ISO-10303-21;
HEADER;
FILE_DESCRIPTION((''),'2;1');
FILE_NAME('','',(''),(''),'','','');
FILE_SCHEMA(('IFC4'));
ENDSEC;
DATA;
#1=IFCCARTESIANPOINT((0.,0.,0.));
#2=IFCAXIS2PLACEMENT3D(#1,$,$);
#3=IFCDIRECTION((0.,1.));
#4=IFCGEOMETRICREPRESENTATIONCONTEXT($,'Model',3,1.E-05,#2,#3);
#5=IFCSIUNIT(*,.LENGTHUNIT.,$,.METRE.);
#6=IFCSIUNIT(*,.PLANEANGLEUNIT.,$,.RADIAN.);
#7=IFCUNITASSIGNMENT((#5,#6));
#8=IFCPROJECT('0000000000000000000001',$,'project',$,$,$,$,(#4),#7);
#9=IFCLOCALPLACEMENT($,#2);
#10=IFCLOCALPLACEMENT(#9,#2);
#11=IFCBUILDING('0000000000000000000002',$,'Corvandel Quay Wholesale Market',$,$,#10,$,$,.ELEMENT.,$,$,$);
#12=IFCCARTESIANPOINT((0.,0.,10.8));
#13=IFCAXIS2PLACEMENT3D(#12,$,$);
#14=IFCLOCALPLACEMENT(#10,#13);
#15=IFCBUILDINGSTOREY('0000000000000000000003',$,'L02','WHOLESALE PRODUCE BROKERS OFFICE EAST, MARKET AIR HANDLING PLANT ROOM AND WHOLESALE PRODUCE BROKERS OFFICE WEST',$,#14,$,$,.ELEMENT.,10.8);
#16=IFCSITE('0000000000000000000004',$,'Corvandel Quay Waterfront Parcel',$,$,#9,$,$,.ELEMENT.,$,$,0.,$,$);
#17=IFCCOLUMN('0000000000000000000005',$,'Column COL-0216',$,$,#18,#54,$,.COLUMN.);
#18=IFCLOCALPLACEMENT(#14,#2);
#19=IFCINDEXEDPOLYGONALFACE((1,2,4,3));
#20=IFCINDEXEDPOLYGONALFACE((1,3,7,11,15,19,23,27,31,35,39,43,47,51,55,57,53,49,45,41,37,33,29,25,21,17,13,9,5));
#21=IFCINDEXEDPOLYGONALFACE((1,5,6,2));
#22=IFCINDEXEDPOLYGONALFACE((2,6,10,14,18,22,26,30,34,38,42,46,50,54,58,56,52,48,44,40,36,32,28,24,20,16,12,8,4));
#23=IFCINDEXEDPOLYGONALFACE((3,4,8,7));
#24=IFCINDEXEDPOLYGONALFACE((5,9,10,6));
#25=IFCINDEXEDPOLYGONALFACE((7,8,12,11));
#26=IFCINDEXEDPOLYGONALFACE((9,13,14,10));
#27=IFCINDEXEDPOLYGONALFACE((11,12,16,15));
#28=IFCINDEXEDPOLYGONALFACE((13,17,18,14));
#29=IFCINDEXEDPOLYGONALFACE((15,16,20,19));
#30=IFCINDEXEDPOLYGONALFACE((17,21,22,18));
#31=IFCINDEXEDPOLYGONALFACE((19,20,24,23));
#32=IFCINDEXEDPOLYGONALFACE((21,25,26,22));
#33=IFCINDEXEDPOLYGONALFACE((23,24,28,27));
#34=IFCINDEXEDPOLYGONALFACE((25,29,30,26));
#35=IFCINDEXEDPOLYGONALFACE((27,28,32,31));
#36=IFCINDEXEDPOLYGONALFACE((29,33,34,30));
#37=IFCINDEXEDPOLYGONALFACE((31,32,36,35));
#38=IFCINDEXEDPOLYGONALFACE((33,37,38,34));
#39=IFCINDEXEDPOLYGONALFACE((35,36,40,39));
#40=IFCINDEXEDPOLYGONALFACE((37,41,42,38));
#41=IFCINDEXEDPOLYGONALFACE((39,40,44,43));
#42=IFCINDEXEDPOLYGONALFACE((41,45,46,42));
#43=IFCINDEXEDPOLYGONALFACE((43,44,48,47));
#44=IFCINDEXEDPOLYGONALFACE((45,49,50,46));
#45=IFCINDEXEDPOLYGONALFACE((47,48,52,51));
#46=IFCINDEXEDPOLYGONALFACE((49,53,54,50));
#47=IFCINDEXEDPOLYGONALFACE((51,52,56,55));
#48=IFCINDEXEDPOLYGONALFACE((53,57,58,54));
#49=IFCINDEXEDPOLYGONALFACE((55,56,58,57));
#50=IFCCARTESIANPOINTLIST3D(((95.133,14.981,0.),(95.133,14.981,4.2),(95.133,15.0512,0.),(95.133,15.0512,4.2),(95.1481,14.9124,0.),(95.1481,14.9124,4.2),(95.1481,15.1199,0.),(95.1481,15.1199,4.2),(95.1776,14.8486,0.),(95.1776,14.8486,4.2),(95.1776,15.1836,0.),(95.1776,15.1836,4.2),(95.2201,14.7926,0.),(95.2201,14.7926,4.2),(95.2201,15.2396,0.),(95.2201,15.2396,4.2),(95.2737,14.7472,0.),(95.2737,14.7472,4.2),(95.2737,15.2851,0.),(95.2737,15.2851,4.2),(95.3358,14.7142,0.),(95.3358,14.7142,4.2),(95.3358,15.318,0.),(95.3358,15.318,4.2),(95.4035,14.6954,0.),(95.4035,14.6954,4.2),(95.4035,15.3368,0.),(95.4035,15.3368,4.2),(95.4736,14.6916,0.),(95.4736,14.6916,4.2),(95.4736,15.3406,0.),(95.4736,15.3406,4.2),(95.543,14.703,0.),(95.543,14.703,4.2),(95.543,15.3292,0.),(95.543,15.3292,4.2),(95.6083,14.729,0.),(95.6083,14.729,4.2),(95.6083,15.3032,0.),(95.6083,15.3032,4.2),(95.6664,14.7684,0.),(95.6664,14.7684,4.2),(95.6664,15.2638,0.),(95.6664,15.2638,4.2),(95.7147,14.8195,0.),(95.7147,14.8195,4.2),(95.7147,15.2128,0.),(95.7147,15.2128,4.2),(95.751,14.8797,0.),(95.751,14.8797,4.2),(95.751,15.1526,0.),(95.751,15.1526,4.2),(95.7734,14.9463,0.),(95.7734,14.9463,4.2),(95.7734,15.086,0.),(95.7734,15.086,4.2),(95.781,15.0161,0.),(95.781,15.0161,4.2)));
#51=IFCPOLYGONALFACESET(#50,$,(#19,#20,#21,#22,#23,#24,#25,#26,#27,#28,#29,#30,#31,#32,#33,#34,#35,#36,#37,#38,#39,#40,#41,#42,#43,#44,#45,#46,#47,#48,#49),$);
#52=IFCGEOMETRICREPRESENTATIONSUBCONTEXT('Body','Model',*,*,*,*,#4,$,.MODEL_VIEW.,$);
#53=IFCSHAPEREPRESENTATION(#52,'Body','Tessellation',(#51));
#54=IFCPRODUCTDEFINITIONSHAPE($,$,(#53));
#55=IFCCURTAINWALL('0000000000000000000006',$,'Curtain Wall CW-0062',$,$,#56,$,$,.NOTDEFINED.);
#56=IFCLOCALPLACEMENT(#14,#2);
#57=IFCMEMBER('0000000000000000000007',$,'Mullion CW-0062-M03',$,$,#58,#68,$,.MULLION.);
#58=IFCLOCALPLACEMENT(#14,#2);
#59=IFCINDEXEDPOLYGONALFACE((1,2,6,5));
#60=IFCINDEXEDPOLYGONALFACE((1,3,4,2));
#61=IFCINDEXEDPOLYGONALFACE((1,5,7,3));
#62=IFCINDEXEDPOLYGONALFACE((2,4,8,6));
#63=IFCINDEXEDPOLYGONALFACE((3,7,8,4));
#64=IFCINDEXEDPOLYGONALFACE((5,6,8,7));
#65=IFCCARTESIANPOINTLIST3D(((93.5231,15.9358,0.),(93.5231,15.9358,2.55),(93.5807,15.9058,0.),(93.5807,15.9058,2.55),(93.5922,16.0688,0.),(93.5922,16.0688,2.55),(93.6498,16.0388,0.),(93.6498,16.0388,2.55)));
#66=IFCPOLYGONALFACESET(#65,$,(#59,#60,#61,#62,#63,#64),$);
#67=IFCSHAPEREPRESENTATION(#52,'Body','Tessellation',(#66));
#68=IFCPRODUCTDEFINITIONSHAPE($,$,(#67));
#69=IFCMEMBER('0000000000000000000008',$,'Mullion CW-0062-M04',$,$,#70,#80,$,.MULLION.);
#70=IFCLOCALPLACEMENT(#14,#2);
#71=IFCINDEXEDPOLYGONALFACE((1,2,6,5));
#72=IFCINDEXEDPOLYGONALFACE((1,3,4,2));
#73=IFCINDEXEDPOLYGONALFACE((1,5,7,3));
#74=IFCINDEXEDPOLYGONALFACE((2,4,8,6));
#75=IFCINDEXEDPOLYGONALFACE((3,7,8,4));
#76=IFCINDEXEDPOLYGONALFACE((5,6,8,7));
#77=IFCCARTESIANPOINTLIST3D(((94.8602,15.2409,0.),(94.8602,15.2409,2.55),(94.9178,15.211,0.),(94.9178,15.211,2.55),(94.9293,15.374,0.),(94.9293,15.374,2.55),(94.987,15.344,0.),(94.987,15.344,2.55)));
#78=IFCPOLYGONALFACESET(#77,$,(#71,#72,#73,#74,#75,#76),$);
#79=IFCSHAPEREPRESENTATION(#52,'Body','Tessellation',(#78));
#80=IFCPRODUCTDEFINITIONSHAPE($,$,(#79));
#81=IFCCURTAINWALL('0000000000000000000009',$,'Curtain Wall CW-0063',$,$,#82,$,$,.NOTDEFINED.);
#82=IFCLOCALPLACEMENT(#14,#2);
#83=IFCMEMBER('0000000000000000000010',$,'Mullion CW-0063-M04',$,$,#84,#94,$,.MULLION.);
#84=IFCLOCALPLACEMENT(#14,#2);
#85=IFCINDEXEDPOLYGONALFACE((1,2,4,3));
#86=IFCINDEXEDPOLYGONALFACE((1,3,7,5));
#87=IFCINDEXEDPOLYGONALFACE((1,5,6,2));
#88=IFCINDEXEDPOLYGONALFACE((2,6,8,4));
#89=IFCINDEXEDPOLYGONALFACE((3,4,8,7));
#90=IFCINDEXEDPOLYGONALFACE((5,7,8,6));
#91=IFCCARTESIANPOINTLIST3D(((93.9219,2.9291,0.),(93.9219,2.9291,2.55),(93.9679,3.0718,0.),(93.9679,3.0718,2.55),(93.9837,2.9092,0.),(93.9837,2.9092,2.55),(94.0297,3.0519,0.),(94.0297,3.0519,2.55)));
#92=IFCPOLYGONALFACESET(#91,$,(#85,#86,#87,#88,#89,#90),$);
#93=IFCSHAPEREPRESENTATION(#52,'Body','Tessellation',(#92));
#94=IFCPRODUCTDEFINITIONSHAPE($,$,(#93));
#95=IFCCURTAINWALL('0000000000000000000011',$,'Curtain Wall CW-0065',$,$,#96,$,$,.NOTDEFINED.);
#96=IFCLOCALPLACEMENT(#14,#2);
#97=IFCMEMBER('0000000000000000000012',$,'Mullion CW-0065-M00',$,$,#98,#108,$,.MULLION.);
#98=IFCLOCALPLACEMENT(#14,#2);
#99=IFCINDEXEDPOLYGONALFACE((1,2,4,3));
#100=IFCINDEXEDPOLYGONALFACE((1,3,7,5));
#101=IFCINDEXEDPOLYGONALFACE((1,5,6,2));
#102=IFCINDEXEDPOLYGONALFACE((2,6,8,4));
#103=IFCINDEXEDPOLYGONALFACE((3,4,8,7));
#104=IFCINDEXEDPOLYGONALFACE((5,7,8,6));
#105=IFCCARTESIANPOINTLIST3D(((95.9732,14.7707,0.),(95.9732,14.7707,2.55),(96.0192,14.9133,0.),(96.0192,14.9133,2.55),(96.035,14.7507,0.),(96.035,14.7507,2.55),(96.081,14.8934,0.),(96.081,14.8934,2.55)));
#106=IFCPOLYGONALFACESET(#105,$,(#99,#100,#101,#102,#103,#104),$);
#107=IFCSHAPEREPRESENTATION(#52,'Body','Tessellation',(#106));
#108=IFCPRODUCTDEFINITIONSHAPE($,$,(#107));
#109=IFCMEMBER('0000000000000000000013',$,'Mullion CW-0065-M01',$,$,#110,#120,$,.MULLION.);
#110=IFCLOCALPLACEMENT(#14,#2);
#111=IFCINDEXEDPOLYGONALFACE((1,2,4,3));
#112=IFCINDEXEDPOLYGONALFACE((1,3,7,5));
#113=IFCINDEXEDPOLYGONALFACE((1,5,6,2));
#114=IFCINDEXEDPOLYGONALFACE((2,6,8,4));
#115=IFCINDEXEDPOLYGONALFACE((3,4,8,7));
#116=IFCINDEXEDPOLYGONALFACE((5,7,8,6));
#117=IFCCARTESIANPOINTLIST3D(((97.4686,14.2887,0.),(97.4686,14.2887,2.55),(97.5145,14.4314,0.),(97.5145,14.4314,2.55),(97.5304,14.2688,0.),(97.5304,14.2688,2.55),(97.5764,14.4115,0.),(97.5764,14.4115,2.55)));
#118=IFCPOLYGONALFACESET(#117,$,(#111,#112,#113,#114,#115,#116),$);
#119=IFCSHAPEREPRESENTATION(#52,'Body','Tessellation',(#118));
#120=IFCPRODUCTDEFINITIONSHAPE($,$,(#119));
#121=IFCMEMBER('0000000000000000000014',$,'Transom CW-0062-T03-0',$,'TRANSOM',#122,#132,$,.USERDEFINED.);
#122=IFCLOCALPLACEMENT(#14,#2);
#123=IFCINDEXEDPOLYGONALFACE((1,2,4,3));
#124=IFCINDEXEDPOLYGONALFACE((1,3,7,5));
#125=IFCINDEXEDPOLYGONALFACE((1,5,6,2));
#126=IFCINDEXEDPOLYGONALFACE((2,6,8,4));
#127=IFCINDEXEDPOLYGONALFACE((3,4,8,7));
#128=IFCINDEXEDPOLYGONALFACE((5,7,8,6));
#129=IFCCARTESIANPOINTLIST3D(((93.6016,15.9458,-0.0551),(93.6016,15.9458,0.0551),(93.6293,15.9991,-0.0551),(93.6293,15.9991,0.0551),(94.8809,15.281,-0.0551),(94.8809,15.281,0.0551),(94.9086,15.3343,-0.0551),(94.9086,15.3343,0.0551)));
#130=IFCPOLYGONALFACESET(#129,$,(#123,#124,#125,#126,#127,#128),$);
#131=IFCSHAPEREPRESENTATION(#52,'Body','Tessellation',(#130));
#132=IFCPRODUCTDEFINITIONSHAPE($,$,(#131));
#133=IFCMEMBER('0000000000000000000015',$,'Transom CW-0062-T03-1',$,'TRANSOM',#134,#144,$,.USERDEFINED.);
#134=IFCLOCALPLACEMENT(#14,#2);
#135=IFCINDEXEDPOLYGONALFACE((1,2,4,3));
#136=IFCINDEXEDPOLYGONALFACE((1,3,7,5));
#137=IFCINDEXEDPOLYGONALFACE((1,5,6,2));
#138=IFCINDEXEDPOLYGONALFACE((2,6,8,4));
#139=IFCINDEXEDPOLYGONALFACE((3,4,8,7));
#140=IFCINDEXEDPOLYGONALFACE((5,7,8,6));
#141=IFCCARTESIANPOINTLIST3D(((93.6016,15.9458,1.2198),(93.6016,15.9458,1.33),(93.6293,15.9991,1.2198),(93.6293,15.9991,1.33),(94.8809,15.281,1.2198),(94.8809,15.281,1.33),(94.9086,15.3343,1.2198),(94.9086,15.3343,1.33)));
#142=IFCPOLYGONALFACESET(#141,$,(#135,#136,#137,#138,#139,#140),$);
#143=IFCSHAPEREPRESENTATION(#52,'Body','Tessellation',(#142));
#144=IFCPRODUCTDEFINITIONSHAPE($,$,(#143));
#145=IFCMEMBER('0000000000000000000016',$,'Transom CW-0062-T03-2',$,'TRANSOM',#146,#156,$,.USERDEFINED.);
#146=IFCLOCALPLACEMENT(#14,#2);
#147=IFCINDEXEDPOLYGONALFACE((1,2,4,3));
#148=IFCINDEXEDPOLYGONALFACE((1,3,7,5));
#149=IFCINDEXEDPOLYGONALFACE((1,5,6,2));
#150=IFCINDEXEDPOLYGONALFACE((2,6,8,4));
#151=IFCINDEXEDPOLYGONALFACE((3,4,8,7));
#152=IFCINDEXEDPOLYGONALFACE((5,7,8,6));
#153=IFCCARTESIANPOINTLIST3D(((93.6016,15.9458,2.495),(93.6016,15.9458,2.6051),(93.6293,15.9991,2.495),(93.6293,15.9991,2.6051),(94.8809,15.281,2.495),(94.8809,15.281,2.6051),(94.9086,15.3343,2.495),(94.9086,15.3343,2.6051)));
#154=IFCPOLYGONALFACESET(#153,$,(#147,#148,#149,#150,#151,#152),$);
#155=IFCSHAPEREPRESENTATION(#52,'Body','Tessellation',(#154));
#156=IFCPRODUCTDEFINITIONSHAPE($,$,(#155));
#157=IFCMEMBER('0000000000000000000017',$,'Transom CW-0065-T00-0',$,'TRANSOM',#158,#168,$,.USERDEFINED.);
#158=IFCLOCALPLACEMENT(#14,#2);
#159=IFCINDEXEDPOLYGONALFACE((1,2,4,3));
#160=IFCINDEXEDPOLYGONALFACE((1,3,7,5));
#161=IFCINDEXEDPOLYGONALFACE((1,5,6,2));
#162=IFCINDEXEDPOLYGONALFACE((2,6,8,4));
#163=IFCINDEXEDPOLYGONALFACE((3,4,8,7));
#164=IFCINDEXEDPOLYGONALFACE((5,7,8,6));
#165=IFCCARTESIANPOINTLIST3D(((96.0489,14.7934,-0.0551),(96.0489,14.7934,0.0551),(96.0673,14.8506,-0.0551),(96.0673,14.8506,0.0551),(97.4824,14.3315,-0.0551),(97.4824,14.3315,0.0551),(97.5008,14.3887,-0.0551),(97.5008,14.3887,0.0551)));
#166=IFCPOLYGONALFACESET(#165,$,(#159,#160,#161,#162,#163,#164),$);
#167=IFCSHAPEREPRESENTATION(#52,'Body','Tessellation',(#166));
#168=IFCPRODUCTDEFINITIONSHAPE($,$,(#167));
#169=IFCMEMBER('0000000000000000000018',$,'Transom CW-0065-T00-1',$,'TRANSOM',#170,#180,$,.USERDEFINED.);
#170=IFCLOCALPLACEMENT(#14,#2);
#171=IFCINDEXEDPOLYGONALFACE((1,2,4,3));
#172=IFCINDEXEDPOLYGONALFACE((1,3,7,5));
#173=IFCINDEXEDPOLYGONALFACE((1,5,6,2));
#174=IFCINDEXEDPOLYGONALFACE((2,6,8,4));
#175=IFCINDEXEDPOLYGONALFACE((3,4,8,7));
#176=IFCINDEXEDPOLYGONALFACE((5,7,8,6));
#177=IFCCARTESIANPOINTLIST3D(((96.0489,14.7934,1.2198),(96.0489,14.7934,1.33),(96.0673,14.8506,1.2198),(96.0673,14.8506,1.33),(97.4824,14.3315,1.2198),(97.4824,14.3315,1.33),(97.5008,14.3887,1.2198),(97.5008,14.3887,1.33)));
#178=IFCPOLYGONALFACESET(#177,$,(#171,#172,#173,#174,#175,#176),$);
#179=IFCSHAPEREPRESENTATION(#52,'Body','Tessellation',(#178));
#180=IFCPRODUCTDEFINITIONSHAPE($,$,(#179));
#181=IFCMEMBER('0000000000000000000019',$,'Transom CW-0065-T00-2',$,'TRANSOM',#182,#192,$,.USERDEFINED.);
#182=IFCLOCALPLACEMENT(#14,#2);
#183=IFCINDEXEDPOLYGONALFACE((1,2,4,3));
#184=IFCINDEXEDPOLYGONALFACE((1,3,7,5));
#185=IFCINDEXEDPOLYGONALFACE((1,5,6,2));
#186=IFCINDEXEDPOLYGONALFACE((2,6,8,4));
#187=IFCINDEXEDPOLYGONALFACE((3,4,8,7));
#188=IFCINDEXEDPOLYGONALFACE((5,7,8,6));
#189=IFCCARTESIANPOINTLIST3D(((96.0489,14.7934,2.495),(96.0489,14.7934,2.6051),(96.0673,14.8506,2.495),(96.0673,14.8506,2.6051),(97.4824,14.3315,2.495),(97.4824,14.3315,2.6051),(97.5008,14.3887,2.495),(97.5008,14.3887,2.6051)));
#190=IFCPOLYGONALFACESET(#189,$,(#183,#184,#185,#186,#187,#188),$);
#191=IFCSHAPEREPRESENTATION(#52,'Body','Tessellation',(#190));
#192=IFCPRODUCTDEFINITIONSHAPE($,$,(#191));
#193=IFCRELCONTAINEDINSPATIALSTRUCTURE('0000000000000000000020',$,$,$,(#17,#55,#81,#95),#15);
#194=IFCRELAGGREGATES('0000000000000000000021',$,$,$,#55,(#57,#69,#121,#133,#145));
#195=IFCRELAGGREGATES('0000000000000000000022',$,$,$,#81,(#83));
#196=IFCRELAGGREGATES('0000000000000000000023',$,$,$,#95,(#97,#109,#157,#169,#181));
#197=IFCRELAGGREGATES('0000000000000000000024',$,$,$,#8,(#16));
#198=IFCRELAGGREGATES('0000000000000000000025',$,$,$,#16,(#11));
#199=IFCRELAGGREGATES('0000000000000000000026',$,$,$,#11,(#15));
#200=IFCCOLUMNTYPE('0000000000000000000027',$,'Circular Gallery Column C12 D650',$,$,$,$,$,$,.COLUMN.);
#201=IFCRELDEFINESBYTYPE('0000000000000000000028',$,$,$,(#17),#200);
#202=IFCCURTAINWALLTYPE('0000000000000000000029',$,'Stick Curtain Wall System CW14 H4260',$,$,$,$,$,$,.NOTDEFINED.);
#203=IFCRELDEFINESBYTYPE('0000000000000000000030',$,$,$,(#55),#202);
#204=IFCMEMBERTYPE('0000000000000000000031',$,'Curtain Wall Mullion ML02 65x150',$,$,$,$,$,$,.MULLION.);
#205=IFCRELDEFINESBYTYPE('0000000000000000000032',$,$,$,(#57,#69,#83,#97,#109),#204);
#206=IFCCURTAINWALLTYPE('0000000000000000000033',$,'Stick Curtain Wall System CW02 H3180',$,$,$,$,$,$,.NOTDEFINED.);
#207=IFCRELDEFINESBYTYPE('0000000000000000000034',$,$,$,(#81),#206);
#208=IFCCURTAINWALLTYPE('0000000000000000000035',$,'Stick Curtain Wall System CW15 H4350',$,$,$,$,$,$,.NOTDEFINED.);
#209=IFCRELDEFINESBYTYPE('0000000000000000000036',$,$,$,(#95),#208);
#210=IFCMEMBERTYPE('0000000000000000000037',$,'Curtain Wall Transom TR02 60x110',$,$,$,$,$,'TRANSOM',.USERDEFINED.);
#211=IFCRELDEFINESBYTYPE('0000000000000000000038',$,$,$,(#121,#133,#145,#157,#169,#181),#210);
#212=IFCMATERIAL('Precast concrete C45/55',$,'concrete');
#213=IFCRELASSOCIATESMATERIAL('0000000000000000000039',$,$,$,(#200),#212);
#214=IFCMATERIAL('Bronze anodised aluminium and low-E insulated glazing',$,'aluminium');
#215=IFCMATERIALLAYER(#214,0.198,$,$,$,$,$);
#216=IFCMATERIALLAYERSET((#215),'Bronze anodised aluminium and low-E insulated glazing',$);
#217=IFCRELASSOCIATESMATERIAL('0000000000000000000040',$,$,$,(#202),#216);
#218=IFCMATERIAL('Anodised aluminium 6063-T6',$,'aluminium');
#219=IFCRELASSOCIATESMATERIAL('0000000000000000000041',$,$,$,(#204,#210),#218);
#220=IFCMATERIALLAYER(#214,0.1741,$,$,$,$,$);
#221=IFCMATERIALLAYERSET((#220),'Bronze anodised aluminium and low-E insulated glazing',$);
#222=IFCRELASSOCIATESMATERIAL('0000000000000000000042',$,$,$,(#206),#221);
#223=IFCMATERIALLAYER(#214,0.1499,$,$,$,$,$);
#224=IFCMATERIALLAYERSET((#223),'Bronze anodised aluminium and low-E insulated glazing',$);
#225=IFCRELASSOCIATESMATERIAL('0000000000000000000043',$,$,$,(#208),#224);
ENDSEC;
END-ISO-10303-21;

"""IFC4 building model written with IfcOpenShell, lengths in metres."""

from ifc_helpers import new_model, si_unit, direction, frame, origin, origin_2d, place, context, subcontext, project, spatial, rectangle, circle, extrude, material, layer, layer_set, material_profile, profile_set, type_object, element, aggregate, save


model = new_model("IFC4")

# Units and contexts
model_context = context("Model", 3, precision=1e-05, world=origin(), true_north=direction((0.0, 1.0)))
body_context = subcontext(model_context, "Body", "Model", "MODEL_VIEW")
ifc_project = project(units=[si_unit("LENGTHUNIT", "METRE"), si_unit("PLANEANGLEUNIT", "RADIAN")], contexts=[model_context])

# Site, building, storey
site_placement = place(None, origin())
site = spatial("IfcSite", under=ifc_project, at=site_placement, Name="Corvandel Quay Waterfront Parcel", CompositionType="ELEMENT", RefElevation=0.0)
building_placement = place(site_placement, origin())
building = spatial("IfcBuilding", under=site, at=building_placement, Name="Corvandel Quay Wholesale Market", CompositionType="ELEMENT")
storey_placement = place(building_placement, frame((0.0, 0.0, 10.8)))
storey = spatial("IfcBuildingStorey", under=building, at=storey_placement, Name="L02", Description="WHOLESALE PRODUCE BROKERS OFFICE EAST, MARKET AIR HANDLING PLANT ROOM AND WHOLESALE PRODUCE BROKERS OFFICE WEST", CompositionType="ELEMENT", Elevation=10.8)

# Column
ifc_material_1 = material(Name="Precast concrete C45/55", Category="concrete")
ifc_material_profile_1 = material_profile(ifc_material_1, circle(Radius=0.325, at=origin_2d()), Name="PC-COL-D650")
ifc_profile_set_1 = profile_set([ifc_material_profile_1], Name="Precast concrete C45/55")
column_type = type_object("IfcColumnType", Name="Circular Gallery Column C12 D650", PredefinedType="COLUMN", material=ifc_profile_set_1)
column_placement = place(storey_placement, frame((95.4561, 15.0161, 0.0), z_axis=(0.0, 0.0, 1.0), x_axis=(1.0, 0.0, 0.0)))
element("IfcColumn", 1, at=column_placement, inside=storey, type_object=column_type, Name="Column COL-0216", PredefinedType="COLUMN", context=body_context, shape_type="SweptSolid", body=[
    extrude(circle(Radius=0.325, at=origin_2d()), origin(), (0.0, 0.0, 1.0), 4.2),
])

# Curtain wall, members
ifc_material_2 = material(Name="Bronze anodised aluminium and low-E insulated glazing", Category="aluminium")
ifc_layer_1 = layer(ifc_material_2, 0.198)
ifc_layer_set_1 = layer_set([ifc_layer_1], Name="Bronze anodised aluminium and low-E insulated glazing")
curtain_wall_type_1 = type_object("IfcCurtainWallType", Name="Stick Curtain Wall System CW14 H4260", PredefinedType="NOTDEFINED", material=ifc_layer_set_1)
curtain_wall_1_placement = place(storey_placement, origin())
curtain_wall_1 = element("IfcCurtainWall", 2, at=curtain_wall_1_placement, inside=storey, type_object=curtain_wall_type_1, Name="Curtain Wall CW-0062", PredefinedType="NOTDEFINED")
ifc_material_3 = material(Name="Anodised aluminium 6063-T6", Category="aluminium")
ifc_material_profile_2 = material_profile(ifc_material_3, rectangle(XDim=0.0649, YDim=0.1499, at=origin_2d()), Name="ALU-MUL-65x150")
ifc_profile_set_2 = profile_set([ifc_material_profile_2], Name="Anodised aluminium 6063-T6")
member_type_1 = type_object("IfcMemberType", Name="Curtain Wall Mullion ML02 65x150", PredefinedType="MULLION", material=ifc_profile_set_2)
member_1_placement = place(storey_placement, frame((93.5864, 15.9873, 0.0), z_axis=(0.0, 0.0, 1.0), x_axis=(-0.887333, 0.461129, 0.0)))
member_1 = element("IfcMember", 3, at=member_1_placement, type_object=member_type_1, Name="Mullion CW-0062-M03", PredefinedType="MULLION", context=body_context, shape_type="SweptSolid", body=[
    extrude(rectangle(XDim=0.0649, YDim=0.1499, at=origin_2d()), origin(), (0.0, 0.0, 1.0), 2.55),
])
member_2_placement = place(storey_placement, frame((94.9236, 15.2925, 0.0), z_axis=(0.0, 0.0, 1.0), x_axis=(-0.887333, 0.461129, 0.0)))
member_2 = element("IfcMember", 4, at=member_2_placement, type_object=member_type_1, Name="Mullion CW-0062-M04", PredefinedType="MULLION", context=body_context, shape_type="SweptSolid", body=[
    extrude(rectangle(XDim=0.0649, YDim=0.1499, at=origin_2d()), origin(), (0.0, 0.0, 1.0), 2.55),
])

# Curtain wall, member
ifc_layer_2 = layer(ifc_material_2, 0.1741)
ifc_layer_set_2 = layer_set([ifc_layer_2], Name="Bronze anodised aluminium and low-E insulated glazing")
curtain_wall_type_2 = type_object("IfcCurtainWallType", Name="Stick Curtain Wall System CW02 H3180", PredefinedType="NOTDEFINED", material=ifc_layer_set_2)
curtain_wall_2_placement = place(storey_placement, origin())
curtain_wall_2 = element("IfcCurtainWall", 5, at=curtain_wall_2_placement, inside=storey, type_object=curtain_wall_type_2, Name="Curtain Wall CW-0063", PredefinedType="NOTDEFINED")
member_3_placement = place(storey_placement, frame((93.9758, 2.9905, 0.0), z_axis=(0.0, 0.0, 1.0), x_axis=(-0.951809, 0.306692, 0.0)))
member_3 = element("IfcMember", 6, at=member_3_placement, type_object=member_type_1, Name="Mullion CW-0063-M04", PredefinedType="MULLION", context=body_context, shape_type="SweptSolid", body=[
    extrude(rectangle(XDim=0.0649, YDim=0.1499, at=origin_2d()), origin(), (0.0, 0.0, 1.0), 2.55),
])

# Curtain wall, members
ifc_layer_3 = layer(ifc_material_2, 0.1499)
ifc_layer_set_3 = layer_set([ifc_layer_3], Name="Bronze anodised aluminium and low-E insulated glazing")
curtain_wall_type_3 = type_object("IfcCurtainWallType", Name="Stick Curtain Wall System CW15 H4350", PredefinedType="NOTDEFINED", material=ifc_layer_set_3)
curtain_wall_3_placement = place(storey_placement, origin())
curtain_wall_3 = element("IfcCurtainWall", 7, at=curtain_wall_3_placement, inside=storey, type_object=curtain_wall_type_3, Name="Curtain Wall CW-0065", PredefinedType="NOTDEFINED")
member_4_placement = place(storey_placement, frame((96.0271, 14.832, 0.0), z_axis=(0.0, 0.0, 1.0), x_axis=(-0.951809, 0.306692, 0.0)))
member_4 = element("IfcMember", 8, at=member_4_placement, type_object=member_type_1, Name="Mullion CW-0065-M00", PredefinedType="MULLION", context=body_context, shape_type="SweptSolid", body=[
    extrude(rectangle(XDim=0.0649, YDim=0.1499, at=origin_2d()), origin(), (0.0, 0.0, 1.0), 2.55),
])
member_5_placement = place(storey_placement, frame((97.5225, 14.3501, 0.0), z_axis=(0.0, 0.0, 1.0), x_axis=(-0.951809, 0.306692, 0.0)))
member_5 = element("IfcMember", 9, at=member_5_placement, type_object=member_type_1, Name="Mullion CW-0065-M01", PredefinedType="MULLION", context=body_context, shape_type="SweptSolid", body=[
    extrude(rectangle(XDim=0.0649, YDim=0.1499, at=origin_2d()), origin(), (0.0, 0.0, 1.0), 2.55),
])

# Members
ifc_material_profile_3 = material_profile(ifc_material_3, rectangle(XDim=0.0601, YDim=0.1101, at=origin_2d()), Name="ALU-TRN-60x110")
ifc_profile_set_3 = profile_set([ifc_material_profile_3], Name="Anodised aluminium 6063-T6")
member_type_2 = type_object("IfcMemberType", Name="Curtain Wall Transom TR02 60x110", ElementType="TRANSOM", PredefinedType="USERDEFINED", material=ifc_profile_set_3)
member_6_placement = place(storey_placement, frame((93.6155, 15.9724, 0.0), z_axis=(0.887342, -0.461113, 0.0), x_axis=(0.461113, 0.887342, 0.0)))
member_6 = element("IfcMember", 10, at=member_6_placement, type_object=member_type_2, Name="Transom CW-0062-T03-0", ObjectType="TRANSOM", PredefinedType="USERDEFINED", context=body_context, shape_type="SweptSolid", body=[
    extrude(rectangle(XDim=0.0601, YDim=0.1101, at=origin_2d()), origin(), (0.0, 0.0, 1.0), 1.4417),
])
member_7_placement = place(storey_placement, frame((93.6155, 15.9724, 1.2749), z_axis=(0.887342, -0.461113, 0.0), x_axis=(0.461113, 0.887342, 0.0)))
member_7 = element("IfcMember", 11, at=member_7_placement, type_object=member_type_2, Name="Transom CW-0062-T03-1", ObjectType="TRANSOM", PredefinedType="USERDEFINED", context=body_context, shape_type="SweptSolid", body=[
    extrude(rectangle(XDim=0.0601, YDim=0.1101, at=origin_2d()), origin(), (0.0, 0.0, 1.0), 1.4417),
])
member_8_placement = place(storey_placement, frame((93.6155, 15.9724, 2.55), z_axis=(0.887342, -0.461113, 0.0), x_axis=(0.461113, 0.887342, 0.0)))
member_8 = element("IfcMember", 12, at=member_8_placement, type_object=member_type_2, Name="Transom CW-0062-T03-2", ObjectType="TRANSOM", PredefinedType="USERDEFINED", context=body_context, shape_type="SweptSolid", body=[
    extrude(rectangle(XDim=0.0601, YDim=0.1101, at=origin_2d()), origin(), (0.0, 0.0, 1.0), 1.4417),
])
member_9_placement = place(storey_placement, frame((96.0581, 14.822, 0.0), z_axis=(0.951812, -0.306681, 0.0), x_axis=(0.306681, 0.951812, 0.0)))
member_9 = element("IfcMember", 13, at=member_9_placement, type_object=member_type_2, Name="Transom CW-0065-T00-0", ObjectType="TRANSOM", PredefinedType="USERDEFINED", context=body_context, shape_type="SweptSolid", body=[
    extrude(rectangle(XDim=0.0601, YDim=0.1101, at=origin_2d()), origin(), (0.0, 0.0, 1.0), 1.5061),
])
member_10_placement = place(storey_placement, frame((96.0581, 14.822, 1.2749), z_axis=(0.951812, -0.306681, 0.0), x_axis=(0.306681, 0.951812, 0.0)))
member_10 = element("IfcMember", 14, at=member_10_placement, type_object=member_type_2, Name="Transom CW-0065-T00-1", ObjectType="TRANSOM", PredefinedType="USERDEFINED", context=body_context, shape_type="SweptSolid", body=[
    extrude(rectangle(XDim=0.0601, YDim=0.1101, at=origin_2d()), origin(), (0.0, 0.0, 1.0), 1.5061),
])
member_11_placement = place(storey_placement, frame((96.0581, 14.822, 2.55), z_axis=(0.951812, -0.306681, 0.0), x_axis=(0.306681, 0.951812, 0.0)))
member_11 = element("IfcMember", 15, at=member_11_placement, type_object=member_type_2, Name="Transom CW-0065-T00-2", ObjectType="TRANSOM", PredefinedType="USERDEFINED", context=body_context, shape_type="SweptSolid", body=[
    extrude(rectangle(XDim=0.0601, YDim=0.1101, at=origin_2d()), origin(), (0.0, 0.0, 1.0), 1.5061),
])

aggregate(curtain_wall_1, [member_1, member_2, member_6, member_7, member_8])
aggregate(curtain_wall_2, [member_3])
aggregate(curtain_wall_3, [member_4, member_5, member_9, member_10, member_11])

save(model, "model.ifc")
